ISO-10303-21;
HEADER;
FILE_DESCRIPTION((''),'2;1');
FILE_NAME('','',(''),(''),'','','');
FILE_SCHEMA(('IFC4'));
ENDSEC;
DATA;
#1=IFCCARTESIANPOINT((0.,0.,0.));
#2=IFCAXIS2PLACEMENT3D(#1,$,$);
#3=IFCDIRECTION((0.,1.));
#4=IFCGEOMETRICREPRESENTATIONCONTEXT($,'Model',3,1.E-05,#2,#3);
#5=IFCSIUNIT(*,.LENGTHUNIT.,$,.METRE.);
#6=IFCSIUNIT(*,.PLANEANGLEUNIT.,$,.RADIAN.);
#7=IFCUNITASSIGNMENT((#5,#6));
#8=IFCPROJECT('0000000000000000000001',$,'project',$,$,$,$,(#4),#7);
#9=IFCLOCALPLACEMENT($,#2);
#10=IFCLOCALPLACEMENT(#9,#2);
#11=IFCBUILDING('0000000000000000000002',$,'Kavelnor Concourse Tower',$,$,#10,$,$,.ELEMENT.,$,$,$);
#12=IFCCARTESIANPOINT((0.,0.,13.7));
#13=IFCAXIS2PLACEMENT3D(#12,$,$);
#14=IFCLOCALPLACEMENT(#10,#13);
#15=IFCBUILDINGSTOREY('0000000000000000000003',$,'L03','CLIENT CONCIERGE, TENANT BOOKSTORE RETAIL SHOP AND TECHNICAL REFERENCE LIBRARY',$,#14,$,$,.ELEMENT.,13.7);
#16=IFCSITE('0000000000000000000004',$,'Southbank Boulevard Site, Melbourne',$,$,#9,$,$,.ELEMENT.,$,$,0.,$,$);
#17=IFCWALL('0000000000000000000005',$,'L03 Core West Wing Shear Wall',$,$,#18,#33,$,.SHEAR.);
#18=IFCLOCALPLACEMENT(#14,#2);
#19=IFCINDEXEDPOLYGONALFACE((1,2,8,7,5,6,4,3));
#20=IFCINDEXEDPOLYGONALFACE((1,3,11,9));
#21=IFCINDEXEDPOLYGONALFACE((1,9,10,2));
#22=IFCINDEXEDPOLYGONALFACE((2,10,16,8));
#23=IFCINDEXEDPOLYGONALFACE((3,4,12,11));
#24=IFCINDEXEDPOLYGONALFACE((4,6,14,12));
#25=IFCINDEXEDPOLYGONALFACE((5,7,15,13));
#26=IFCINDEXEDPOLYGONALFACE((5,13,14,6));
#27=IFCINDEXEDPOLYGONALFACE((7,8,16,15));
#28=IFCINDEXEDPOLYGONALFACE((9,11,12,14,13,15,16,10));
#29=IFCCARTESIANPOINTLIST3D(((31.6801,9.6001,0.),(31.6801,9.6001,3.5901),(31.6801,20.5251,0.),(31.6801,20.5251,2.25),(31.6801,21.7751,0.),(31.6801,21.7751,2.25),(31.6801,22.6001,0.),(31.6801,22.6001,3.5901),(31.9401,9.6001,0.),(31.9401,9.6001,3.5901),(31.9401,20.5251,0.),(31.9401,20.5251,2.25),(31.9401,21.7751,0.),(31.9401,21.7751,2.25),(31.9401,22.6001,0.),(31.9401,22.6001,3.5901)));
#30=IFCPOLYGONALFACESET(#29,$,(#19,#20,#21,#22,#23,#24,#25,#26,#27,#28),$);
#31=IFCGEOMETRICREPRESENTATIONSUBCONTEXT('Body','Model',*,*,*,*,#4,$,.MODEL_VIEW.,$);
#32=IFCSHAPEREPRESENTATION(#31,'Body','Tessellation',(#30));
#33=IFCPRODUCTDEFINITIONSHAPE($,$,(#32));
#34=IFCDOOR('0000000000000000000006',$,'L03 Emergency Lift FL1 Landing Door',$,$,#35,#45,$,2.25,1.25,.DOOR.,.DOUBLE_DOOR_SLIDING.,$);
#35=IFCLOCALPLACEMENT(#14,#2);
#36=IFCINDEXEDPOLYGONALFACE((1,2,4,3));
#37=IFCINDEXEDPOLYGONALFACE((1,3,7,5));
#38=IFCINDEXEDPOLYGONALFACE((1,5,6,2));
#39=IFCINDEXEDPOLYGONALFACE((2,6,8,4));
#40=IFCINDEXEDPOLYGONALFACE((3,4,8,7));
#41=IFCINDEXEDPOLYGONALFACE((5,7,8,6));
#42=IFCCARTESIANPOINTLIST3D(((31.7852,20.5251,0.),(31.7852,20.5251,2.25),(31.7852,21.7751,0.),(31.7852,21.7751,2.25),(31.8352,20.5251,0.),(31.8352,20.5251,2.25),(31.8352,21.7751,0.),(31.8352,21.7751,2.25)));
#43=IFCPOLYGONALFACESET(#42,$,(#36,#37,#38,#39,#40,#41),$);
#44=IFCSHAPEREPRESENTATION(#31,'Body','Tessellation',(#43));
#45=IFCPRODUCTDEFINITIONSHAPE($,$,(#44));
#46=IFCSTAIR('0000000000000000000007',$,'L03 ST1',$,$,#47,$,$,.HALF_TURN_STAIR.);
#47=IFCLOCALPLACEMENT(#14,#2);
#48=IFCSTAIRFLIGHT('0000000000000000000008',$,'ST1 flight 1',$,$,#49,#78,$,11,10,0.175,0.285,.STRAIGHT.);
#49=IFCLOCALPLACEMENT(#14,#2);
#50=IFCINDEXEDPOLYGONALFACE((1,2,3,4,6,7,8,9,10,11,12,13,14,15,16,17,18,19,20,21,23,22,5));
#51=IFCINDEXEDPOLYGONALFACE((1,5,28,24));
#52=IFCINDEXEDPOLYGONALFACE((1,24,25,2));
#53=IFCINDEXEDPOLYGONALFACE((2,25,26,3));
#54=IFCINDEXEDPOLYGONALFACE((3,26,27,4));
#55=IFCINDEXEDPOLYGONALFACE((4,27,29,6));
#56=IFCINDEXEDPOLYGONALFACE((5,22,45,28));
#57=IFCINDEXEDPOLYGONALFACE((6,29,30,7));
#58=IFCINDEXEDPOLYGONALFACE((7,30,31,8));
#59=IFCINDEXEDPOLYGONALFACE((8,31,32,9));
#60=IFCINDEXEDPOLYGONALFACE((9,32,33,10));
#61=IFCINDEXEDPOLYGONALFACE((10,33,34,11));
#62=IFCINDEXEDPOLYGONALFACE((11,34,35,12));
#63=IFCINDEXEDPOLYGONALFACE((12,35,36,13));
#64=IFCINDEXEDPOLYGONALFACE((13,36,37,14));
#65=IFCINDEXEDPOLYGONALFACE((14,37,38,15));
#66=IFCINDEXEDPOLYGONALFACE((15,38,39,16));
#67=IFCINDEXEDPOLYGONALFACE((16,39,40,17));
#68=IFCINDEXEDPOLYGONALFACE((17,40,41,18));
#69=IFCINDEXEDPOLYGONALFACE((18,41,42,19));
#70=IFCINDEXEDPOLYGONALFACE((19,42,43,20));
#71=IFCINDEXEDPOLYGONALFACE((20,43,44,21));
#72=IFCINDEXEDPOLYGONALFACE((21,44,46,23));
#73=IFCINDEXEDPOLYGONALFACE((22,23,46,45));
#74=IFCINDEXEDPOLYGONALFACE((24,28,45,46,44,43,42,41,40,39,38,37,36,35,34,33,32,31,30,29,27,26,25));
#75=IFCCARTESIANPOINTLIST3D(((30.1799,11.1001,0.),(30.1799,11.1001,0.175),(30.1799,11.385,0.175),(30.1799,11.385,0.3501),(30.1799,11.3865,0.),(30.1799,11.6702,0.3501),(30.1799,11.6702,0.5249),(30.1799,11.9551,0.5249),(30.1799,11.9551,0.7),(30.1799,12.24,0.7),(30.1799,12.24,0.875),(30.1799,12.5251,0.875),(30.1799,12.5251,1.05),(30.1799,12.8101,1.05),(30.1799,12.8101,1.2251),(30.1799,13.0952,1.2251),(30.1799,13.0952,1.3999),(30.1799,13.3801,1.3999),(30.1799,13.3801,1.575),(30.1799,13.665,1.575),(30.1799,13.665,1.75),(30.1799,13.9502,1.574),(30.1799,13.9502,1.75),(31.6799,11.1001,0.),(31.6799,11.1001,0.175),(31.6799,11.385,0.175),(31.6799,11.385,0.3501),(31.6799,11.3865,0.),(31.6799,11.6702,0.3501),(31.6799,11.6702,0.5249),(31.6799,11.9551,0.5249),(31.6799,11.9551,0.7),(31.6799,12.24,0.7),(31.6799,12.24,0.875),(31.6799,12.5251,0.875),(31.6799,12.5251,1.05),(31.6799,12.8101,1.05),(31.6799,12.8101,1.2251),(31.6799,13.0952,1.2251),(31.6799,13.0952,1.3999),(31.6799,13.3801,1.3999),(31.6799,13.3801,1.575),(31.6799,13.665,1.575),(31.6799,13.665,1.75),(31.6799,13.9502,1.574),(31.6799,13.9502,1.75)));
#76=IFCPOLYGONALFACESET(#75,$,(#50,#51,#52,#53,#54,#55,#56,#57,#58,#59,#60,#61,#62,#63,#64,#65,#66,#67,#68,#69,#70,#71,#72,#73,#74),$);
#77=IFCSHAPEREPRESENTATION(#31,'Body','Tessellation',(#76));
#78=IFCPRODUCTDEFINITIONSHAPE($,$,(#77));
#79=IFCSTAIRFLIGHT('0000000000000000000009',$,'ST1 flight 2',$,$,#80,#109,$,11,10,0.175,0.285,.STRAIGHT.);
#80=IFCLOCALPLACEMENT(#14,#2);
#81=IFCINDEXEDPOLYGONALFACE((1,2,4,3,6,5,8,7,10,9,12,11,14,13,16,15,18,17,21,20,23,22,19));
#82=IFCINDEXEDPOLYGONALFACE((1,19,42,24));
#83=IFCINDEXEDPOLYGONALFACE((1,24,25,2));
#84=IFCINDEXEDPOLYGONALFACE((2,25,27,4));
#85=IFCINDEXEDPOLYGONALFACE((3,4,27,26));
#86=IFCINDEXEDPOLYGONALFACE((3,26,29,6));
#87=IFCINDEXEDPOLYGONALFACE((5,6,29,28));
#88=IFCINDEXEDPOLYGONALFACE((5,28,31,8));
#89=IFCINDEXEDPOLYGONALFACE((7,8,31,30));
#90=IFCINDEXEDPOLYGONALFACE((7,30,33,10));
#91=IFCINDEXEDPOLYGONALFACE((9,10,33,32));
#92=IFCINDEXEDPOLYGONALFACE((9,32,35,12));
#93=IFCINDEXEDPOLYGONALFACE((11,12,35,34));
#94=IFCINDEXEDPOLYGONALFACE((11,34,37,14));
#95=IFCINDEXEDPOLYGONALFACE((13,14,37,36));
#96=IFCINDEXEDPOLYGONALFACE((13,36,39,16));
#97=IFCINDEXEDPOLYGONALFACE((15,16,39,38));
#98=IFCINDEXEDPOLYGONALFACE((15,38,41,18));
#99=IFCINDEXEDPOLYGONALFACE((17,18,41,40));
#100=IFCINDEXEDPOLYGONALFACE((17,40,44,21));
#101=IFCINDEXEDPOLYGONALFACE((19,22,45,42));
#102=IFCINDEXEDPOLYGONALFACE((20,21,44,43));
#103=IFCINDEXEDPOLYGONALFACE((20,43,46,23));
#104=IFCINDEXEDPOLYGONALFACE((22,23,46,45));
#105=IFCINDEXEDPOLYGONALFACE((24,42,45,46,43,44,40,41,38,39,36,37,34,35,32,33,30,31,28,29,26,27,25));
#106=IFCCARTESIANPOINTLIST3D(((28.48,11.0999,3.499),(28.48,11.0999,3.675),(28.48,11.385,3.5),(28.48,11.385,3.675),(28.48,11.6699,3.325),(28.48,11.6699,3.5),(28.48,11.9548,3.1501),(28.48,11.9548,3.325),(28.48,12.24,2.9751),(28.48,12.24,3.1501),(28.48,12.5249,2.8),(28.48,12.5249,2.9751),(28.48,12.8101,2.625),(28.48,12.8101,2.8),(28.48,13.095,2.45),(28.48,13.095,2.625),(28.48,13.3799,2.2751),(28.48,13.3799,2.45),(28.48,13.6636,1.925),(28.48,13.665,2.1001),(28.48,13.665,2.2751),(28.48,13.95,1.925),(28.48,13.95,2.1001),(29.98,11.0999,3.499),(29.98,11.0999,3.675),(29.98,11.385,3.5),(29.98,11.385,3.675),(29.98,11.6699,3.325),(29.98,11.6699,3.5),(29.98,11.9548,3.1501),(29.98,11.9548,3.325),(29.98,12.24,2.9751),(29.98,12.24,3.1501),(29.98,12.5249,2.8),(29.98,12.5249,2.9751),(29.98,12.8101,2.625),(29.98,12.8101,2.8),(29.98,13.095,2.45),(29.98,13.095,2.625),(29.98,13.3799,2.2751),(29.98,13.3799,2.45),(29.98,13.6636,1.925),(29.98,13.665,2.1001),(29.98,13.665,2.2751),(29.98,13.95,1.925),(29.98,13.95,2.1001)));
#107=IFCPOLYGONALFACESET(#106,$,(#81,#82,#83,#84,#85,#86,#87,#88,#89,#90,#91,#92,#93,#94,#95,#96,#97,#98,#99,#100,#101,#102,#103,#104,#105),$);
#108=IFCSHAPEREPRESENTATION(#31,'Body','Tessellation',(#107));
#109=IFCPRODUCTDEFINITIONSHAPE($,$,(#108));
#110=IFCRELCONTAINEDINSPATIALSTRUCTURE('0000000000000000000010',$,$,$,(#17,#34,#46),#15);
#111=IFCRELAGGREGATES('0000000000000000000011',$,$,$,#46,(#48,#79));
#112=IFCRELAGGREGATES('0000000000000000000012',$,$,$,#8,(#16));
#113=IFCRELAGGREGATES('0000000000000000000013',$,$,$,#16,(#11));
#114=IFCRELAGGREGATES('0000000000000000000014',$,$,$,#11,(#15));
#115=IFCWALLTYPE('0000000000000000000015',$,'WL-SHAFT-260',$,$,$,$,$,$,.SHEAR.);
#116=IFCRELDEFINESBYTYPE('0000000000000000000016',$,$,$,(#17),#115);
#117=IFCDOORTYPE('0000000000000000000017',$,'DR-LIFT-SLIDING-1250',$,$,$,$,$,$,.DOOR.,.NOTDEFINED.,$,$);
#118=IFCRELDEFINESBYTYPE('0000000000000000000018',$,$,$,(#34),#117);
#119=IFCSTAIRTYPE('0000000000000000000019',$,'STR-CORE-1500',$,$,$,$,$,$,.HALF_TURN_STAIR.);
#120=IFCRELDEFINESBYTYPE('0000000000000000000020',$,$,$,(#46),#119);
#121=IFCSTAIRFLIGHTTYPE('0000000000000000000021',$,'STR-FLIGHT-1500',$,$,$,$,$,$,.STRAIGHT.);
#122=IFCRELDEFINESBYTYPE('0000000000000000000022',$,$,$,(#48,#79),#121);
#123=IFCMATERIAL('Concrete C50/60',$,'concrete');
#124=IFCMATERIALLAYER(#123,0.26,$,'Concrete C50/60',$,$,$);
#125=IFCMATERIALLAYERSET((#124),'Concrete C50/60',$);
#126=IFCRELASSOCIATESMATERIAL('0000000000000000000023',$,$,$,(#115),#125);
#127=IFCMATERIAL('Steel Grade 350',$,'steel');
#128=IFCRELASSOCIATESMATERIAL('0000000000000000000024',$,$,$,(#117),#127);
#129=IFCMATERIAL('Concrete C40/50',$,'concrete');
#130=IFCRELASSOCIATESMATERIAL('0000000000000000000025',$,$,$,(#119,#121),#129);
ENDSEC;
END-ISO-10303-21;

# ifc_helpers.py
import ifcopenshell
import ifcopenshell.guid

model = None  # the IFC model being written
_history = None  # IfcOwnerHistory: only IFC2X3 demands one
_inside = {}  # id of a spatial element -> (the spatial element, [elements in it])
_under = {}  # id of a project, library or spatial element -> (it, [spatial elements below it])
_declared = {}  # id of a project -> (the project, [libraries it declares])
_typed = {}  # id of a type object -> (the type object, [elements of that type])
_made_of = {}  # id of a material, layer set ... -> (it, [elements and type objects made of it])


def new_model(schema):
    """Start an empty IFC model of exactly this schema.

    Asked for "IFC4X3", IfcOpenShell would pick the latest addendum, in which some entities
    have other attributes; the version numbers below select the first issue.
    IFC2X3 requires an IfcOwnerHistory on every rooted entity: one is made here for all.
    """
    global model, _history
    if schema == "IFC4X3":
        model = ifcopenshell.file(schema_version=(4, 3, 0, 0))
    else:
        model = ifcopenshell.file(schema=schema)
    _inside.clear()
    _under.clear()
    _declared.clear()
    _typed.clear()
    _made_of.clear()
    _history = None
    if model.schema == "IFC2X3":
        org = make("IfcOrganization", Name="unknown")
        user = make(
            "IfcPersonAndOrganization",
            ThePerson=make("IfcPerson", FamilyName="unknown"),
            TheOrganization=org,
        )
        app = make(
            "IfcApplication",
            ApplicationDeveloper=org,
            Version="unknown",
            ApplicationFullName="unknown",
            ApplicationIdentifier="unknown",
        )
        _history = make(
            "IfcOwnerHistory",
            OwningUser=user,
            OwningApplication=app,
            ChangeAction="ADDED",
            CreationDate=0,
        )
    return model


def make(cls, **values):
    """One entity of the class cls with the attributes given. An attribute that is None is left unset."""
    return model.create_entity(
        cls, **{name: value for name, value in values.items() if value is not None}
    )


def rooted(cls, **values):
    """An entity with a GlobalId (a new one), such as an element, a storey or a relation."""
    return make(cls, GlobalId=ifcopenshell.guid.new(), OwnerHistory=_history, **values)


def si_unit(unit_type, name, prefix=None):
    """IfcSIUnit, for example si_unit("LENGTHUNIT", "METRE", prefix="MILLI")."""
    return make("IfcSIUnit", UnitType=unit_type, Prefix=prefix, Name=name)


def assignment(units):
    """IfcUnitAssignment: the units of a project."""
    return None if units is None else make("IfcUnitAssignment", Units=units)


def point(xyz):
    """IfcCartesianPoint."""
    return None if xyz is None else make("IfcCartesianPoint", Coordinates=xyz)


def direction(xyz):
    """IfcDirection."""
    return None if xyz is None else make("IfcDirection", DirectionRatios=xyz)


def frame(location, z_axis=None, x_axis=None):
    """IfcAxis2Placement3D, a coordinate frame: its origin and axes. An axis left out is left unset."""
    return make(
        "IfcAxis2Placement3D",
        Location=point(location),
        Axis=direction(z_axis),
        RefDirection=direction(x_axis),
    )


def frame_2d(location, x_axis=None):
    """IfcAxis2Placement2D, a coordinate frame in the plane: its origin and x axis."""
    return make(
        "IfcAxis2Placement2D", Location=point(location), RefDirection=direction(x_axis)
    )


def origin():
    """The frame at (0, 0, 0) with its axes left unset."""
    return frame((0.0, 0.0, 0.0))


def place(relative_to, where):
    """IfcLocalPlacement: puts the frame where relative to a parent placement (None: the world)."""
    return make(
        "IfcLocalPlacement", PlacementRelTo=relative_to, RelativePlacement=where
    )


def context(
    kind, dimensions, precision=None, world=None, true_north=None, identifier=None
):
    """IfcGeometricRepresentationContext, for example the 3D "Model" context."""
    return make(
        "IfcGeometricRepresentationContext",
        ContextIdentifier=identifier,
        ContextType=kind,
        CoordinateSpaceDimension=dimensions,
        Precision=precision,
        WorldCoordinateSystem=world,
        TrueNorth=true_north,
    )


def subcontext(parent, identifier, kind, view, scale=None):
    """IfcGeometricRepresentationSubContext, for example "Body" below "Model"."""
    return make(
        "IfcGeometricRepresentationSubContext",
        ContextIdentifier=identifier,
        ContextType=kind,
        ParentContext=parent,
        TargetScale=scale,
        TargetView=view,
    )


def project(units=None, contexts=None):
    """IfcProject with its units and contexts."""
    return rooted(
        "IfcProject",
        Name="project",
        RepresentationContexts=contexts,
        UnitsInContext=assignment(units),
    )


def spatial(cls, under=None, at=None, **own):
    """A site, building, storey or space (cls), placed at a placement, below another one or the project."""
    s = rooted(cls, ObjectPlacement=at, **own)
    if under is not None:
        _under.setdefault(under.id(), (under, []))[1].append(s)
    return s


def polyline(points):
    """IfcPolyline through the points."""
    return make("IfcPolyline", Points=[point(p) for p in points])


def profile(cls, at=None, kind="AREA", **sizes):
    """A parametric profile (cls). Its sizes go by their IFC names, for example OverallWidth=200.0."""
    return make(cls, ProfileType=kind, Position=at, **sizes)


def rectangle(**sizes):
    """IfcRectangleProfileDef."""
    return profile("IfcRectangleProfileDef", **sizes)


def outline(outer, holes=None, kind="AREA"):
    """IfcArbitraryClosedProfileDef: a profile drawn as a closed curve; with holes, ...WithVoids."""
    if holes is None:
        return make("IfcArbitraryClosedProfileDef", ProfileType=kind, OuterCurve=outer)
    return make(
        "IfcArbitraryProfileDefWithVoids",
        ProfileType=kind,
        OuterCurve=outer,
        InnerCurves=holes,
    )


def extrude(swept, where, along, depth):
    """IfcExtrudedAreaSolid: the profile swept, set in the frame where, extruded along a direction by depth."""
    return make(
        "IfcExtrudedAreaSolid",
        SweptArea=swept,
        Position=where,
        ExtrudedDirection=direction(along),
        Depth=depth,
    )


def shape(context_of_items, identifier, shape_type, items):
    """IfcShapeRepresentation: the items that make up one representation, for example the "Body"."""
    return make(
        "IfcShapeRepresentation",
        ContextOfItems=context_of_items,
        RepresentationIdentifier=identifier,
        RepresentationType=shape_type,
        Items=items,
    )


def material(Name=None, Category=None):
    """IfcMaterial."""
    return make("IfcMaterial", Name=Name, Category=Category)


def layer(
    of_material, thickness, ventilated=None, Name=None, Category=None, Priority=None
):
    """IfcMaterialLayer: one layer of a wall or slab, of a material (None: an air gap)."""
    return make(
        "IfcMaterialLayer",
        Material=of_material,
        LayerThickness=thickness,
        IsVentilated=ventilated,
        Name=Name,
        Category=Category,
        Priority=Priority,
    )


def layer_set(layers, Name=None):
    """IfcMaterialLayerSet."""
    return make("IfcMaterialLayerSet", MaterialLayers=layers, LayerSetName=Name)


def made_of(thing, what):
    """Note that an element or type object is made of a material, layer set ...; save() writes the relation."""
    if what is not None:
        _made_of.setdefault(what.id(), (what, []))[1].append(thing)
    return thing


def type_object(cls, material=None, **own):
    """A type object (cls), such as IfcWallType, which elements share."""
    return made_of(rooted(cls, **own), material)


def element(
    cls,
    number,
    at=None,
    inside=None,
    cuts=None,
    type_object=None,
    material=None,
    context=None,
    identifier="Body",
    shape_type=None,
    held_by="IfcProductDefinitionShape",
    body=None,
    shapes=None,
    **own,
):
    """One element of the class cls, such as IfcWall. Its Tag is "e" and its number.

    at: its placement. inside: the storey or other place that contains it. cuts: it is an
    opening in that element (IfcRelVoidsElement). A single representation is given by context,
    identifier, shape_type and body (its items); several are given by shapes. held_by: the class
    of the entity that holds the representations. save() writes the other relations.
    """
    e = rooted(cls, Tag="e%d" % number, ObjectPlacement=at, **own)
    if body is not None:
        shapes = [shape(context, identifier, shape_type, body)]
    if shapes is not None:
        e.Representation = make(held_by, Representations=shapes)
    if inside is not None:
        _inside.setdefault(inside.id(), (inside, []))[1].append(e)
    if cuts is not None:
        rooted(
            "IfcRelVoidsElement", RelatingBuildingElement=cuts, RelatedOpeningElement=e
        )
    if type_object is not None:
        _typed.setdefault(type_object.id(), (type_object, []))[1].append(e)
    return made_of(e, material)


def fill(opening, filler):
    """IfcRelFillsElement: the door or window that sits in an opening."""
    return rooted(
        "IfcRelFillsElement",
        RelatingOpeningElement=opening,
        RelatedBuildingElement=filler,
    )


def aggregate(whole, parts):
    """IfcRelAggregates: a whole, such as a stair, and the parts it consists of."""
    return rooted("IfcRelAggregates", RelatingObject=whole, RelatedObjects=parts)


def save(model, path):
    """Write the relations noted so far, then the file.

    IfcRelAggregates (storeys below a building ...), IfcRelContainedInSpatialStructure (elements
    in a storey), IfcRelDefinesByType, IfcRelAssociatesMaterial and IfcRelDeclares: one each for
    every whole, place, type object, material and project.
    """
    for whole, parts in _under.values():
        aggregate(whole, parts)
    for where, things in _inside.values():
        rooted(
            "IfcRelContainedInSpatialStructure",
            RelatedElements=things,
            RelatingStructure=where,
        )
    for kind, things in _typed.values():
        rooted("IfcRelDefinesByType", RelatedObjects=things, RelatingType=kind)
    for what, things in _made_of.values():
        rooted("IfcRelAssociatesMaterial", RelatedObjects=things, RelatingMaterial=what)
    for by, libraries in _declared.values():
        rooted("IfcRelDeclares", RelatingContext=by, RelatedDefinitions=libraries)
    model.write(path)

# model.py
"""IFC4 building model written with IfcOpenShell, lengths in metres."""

from ifc_helpers import new_model, si_unit, direction, frame, frame_2d, origin, place, context, subcontext, project, spatial, polyline, rectangle, outline, extrude, material, layer, layer_set, type_object, element, fill, aggregate, save


model = new_model("IFC4")

# Units and contexts
model_context = context("Model", 3, precision=1e-05, world=origin(), true_north=direction((0.0, 1.0)))
body_context = subcontext(model_context, "Body", "Model", "MODEL_VIEW")
ifc_project = project(units=[si_unit("LENGTHUNIT", "METRE"), si_unit("PLANEANGLEUNIT", "RADIAN")], contexts=[model_context])

# Site, building, storey
site_placement = place(None, origin())
site = spatial("IfcSite", under=ifc_project, at=site_placement, Name="Southbank Boulevard Site, Melbourne", CompositionType="ELEMENT", RefElevation=0.0)
building_placement = place(site_placement, origin())
building = spatial("IfcBuilding", under=site, at=building_placement, Name="Kavelnor Concourse Tower", CompositionType="ELEMENT")
storey_placement = place(building_placement, frame((0.0, 0.0, 13.7)))
storey = spatial("IfcBuildingStorey", under=building, at=storey_placement, Name="L03", Description="CLIENT CONCIERGE, TENANT BOOKSTORE RETAIL SHOP AND TECHNICAL REFERENCE LIBRARY", CompositionType="ELEMENT", Elevation=13.7)

# Shared definitions
ifc_material_1 = material(Name="Steel Grade 350", Category="steel")

# Shared definitions
ifc_material_2 = material(Name="Concrete C50/60", Category="concrete")

# Wall, opening, door
ifc_layer_1 = layer(ifc_material_2, 0.26, Name="Concrete C50/60")
ifc_layer_set_1 = layer_set([ifc_layer_1], Name="Concrete C50/60")
wall_type_1 = type_object("IfcWallType", Name="WL-SHAFT-260", PredefinedType="SHEAR", material=ifc_layer_set_1)
wall_1_placement = place(storey_placement, frame((31.8101, 9.6001, 0.0), z_axis=(0.0, 0.0, 1.0), x_axis=(0.0, 1.0, 0.0)))
wall_1 = element("IfcWall", 1, at=wall_1_placement, inside=storey, type_object=wall_type_1, Name="L03 Core West Wing Shear Wall", PredefinedType="SHEAR", context=body_context, shape_type="SweptSolid", body=[
    extrude(rectangle(XDim=13.0, YDim=0.26, at=frame_2d((6.5, 0.0))), origin(), (0.0, 0.0, 1.0), 3.5901),
])
opening_1_placement = place(wall_1_placement, frame((10.925, 0.0, 0.0)))
opening_1 = element("IfcOpeningElement", 2, at=opening_1_placement, cuts=wall_1, PredefinedType="OPENING", context=body_context, shape_type="SweptSolid", body=[
    extrude(rectangle(XDim=1.25, YDim=2.25, at=frame_2d((0.625, 1.125))), frame((0.0, 0.1401, 0.0), z_axis=(0.0, -1.0, 0.0), x_axis=(1.0, 0.0, 0.0)), (0.0, 0.0, 1.0), 0.28),
])
door_type_1 = type_object("IfcDoorType", Name="DR-LIFT-SLIDING-1250", OperationType="NOTDEFINED", PredefinedType="DOOR", material=ifc_material_1)
door_1_placement = place(opening_1_placement, origin())
door_1 = element("IfcDoor", 3, at=door_1_placement, inside=storey, type_object=door_type_1, Name="L03 Emergency Lift FL1 Landing Door", OperationType="DOUBLE_DOOR_SLIDING", OverallHeight=2.25, OverallWidth=1.25, PredefinedType="DOOR", context=body_context, shape_type="SweptSolid", body=[
    extrude(rectangle(XDim=1.25, YDim=2.25, at=frame_2d((0.625, 1.125))), frame((0.0, 0.0249, 0.0), z_axis=(0.0, -1.0, 0.0), x_axis=(1.0, 0.0, 0.0)), (0.0, 0.0, 1.0), 0.05),
])
fill(opening_1, door_1)

# Stair, stair flights
ifc_material_3 = material(Name="Concrete C40/50", Category="concrete")
stair_type = type_object("IfcStairType", Name="STR-CORE-1500", PredefinedType="HALF_TURN_STAIR", material=ifc_material_3)
stair_placement = place(storey_placement, origin())
stair = element("IfcStair", 4, at=stair_placement, inside=storey, type_object=stair_type, Name="L03 ST1", PredefinedType="HALF_TURN_STAIR")
stair_flight_type = type_object("IfcStairFlightType", Name="STR-FLIGHT-1500", PredefinedType="STRAIGHT", material=ifc_material_3)
stair_flight_1_placement = place(storey_placement, frame((30.9299, 11.1001, 0.0), z_axis=(0.0, 0.0, 1.0), x_axis=(0.0, 1.0, 0.0)))
stair_flight_1 = element("IfcStairFlight", 5, at=stair_flight_1_placement, type_object=stair_flight_type, Name="ST1 flight 1", NumberOfRisers=11, NumberOfTreads=10, PredefinedType="STRAIGHT", RiserHeight=0.175, TreadLength=0.285, context=body_context, shape_type="SweptSolid", body=[
    extrude(outline(polyline([(0.0, 0.0), (0.0, 0.175), (0.2849, 0.175), (0.2849, 0.3501), (0.5701, 0.3501), (0.5701, 0.5249), (0.855, 0.5249), (0.855, 0.7), (1.1399, 0.7), (1.1399, 0.875), (1.425, 0.875), (1.425, 1.05), (1.71, 1.05), (1.71, 1.2251), (1.9951, 1.2251), (1.9951, 1.3999), (2.28, 1.3999), (2.28, 1.575), (2.5649, 1.575), (2.5649, 1.75), (2.8501, 1.75), (2.8501, 1.925), (2.8501, 1.574), (0.2864, 0.0), (0.0, 0.0)])), frame((0.0, 0.75, 0.0), z_axis=(0.0, -1.0, 0.0), x_axis=(1.0, 0.0, 0.0)), (0.0, 0.0, 1.0), 1.5),
])
stair_flight_2_placement = place(storey_placement, frame((29.23, 13.95, 1.925), z_axis=(0.0, 0.0, 1.0), x_axis=(0.0, -1.0, 0.0)))
stair_flight_2 = element("IfcStairFlight", 6, at=stair_flight_2_placement, type_object=stair_flight_type, Name="ST1 flight 2", NumberOfRisers=11, NumberOfTreads=10, PredefinedType="STRAIGHT", RiserHeight=0.175, TreadLength=0.285, context=body_context, shape_type="SweptSolid", body=[
    extrude(outline(polyline([(0.0, 0.0), (0.0, 0.175), (0.2849, 0.175), (0.2849, 0.3501), (0.5701, 0.3501), (0.5701, 0.5249), (0.855, 0.5249), (0.855, 0.7), (1.1399, 0.7), (1.1399, 0.875), (1.425, 0.875), (1.425, 1.05), (1.71, 1.05), (1.71, 1.2251), (1.9951, 1.2251), (1.9951, 1.3999), (2.28, 1.3999), (2.28, 1.575), (2.5649, 1.575), (2.5649, 1.75), (2.8501, 1.75), (2.8501, 1.925), (2.8501, 1.574), (0.2864, 0.0), (0.0, 0.0)])), frame((0.0, 0.75, 0.0), z_axis=(0.0, -1.0, 0.0), x_axis=(1.0, 0.0, 0.0)), (0.0, 0.0, 1.0), 1.5),
])
aggregate(stair, [stair_flight_1, stair_flight_2])

save(model, "model.ifc")
